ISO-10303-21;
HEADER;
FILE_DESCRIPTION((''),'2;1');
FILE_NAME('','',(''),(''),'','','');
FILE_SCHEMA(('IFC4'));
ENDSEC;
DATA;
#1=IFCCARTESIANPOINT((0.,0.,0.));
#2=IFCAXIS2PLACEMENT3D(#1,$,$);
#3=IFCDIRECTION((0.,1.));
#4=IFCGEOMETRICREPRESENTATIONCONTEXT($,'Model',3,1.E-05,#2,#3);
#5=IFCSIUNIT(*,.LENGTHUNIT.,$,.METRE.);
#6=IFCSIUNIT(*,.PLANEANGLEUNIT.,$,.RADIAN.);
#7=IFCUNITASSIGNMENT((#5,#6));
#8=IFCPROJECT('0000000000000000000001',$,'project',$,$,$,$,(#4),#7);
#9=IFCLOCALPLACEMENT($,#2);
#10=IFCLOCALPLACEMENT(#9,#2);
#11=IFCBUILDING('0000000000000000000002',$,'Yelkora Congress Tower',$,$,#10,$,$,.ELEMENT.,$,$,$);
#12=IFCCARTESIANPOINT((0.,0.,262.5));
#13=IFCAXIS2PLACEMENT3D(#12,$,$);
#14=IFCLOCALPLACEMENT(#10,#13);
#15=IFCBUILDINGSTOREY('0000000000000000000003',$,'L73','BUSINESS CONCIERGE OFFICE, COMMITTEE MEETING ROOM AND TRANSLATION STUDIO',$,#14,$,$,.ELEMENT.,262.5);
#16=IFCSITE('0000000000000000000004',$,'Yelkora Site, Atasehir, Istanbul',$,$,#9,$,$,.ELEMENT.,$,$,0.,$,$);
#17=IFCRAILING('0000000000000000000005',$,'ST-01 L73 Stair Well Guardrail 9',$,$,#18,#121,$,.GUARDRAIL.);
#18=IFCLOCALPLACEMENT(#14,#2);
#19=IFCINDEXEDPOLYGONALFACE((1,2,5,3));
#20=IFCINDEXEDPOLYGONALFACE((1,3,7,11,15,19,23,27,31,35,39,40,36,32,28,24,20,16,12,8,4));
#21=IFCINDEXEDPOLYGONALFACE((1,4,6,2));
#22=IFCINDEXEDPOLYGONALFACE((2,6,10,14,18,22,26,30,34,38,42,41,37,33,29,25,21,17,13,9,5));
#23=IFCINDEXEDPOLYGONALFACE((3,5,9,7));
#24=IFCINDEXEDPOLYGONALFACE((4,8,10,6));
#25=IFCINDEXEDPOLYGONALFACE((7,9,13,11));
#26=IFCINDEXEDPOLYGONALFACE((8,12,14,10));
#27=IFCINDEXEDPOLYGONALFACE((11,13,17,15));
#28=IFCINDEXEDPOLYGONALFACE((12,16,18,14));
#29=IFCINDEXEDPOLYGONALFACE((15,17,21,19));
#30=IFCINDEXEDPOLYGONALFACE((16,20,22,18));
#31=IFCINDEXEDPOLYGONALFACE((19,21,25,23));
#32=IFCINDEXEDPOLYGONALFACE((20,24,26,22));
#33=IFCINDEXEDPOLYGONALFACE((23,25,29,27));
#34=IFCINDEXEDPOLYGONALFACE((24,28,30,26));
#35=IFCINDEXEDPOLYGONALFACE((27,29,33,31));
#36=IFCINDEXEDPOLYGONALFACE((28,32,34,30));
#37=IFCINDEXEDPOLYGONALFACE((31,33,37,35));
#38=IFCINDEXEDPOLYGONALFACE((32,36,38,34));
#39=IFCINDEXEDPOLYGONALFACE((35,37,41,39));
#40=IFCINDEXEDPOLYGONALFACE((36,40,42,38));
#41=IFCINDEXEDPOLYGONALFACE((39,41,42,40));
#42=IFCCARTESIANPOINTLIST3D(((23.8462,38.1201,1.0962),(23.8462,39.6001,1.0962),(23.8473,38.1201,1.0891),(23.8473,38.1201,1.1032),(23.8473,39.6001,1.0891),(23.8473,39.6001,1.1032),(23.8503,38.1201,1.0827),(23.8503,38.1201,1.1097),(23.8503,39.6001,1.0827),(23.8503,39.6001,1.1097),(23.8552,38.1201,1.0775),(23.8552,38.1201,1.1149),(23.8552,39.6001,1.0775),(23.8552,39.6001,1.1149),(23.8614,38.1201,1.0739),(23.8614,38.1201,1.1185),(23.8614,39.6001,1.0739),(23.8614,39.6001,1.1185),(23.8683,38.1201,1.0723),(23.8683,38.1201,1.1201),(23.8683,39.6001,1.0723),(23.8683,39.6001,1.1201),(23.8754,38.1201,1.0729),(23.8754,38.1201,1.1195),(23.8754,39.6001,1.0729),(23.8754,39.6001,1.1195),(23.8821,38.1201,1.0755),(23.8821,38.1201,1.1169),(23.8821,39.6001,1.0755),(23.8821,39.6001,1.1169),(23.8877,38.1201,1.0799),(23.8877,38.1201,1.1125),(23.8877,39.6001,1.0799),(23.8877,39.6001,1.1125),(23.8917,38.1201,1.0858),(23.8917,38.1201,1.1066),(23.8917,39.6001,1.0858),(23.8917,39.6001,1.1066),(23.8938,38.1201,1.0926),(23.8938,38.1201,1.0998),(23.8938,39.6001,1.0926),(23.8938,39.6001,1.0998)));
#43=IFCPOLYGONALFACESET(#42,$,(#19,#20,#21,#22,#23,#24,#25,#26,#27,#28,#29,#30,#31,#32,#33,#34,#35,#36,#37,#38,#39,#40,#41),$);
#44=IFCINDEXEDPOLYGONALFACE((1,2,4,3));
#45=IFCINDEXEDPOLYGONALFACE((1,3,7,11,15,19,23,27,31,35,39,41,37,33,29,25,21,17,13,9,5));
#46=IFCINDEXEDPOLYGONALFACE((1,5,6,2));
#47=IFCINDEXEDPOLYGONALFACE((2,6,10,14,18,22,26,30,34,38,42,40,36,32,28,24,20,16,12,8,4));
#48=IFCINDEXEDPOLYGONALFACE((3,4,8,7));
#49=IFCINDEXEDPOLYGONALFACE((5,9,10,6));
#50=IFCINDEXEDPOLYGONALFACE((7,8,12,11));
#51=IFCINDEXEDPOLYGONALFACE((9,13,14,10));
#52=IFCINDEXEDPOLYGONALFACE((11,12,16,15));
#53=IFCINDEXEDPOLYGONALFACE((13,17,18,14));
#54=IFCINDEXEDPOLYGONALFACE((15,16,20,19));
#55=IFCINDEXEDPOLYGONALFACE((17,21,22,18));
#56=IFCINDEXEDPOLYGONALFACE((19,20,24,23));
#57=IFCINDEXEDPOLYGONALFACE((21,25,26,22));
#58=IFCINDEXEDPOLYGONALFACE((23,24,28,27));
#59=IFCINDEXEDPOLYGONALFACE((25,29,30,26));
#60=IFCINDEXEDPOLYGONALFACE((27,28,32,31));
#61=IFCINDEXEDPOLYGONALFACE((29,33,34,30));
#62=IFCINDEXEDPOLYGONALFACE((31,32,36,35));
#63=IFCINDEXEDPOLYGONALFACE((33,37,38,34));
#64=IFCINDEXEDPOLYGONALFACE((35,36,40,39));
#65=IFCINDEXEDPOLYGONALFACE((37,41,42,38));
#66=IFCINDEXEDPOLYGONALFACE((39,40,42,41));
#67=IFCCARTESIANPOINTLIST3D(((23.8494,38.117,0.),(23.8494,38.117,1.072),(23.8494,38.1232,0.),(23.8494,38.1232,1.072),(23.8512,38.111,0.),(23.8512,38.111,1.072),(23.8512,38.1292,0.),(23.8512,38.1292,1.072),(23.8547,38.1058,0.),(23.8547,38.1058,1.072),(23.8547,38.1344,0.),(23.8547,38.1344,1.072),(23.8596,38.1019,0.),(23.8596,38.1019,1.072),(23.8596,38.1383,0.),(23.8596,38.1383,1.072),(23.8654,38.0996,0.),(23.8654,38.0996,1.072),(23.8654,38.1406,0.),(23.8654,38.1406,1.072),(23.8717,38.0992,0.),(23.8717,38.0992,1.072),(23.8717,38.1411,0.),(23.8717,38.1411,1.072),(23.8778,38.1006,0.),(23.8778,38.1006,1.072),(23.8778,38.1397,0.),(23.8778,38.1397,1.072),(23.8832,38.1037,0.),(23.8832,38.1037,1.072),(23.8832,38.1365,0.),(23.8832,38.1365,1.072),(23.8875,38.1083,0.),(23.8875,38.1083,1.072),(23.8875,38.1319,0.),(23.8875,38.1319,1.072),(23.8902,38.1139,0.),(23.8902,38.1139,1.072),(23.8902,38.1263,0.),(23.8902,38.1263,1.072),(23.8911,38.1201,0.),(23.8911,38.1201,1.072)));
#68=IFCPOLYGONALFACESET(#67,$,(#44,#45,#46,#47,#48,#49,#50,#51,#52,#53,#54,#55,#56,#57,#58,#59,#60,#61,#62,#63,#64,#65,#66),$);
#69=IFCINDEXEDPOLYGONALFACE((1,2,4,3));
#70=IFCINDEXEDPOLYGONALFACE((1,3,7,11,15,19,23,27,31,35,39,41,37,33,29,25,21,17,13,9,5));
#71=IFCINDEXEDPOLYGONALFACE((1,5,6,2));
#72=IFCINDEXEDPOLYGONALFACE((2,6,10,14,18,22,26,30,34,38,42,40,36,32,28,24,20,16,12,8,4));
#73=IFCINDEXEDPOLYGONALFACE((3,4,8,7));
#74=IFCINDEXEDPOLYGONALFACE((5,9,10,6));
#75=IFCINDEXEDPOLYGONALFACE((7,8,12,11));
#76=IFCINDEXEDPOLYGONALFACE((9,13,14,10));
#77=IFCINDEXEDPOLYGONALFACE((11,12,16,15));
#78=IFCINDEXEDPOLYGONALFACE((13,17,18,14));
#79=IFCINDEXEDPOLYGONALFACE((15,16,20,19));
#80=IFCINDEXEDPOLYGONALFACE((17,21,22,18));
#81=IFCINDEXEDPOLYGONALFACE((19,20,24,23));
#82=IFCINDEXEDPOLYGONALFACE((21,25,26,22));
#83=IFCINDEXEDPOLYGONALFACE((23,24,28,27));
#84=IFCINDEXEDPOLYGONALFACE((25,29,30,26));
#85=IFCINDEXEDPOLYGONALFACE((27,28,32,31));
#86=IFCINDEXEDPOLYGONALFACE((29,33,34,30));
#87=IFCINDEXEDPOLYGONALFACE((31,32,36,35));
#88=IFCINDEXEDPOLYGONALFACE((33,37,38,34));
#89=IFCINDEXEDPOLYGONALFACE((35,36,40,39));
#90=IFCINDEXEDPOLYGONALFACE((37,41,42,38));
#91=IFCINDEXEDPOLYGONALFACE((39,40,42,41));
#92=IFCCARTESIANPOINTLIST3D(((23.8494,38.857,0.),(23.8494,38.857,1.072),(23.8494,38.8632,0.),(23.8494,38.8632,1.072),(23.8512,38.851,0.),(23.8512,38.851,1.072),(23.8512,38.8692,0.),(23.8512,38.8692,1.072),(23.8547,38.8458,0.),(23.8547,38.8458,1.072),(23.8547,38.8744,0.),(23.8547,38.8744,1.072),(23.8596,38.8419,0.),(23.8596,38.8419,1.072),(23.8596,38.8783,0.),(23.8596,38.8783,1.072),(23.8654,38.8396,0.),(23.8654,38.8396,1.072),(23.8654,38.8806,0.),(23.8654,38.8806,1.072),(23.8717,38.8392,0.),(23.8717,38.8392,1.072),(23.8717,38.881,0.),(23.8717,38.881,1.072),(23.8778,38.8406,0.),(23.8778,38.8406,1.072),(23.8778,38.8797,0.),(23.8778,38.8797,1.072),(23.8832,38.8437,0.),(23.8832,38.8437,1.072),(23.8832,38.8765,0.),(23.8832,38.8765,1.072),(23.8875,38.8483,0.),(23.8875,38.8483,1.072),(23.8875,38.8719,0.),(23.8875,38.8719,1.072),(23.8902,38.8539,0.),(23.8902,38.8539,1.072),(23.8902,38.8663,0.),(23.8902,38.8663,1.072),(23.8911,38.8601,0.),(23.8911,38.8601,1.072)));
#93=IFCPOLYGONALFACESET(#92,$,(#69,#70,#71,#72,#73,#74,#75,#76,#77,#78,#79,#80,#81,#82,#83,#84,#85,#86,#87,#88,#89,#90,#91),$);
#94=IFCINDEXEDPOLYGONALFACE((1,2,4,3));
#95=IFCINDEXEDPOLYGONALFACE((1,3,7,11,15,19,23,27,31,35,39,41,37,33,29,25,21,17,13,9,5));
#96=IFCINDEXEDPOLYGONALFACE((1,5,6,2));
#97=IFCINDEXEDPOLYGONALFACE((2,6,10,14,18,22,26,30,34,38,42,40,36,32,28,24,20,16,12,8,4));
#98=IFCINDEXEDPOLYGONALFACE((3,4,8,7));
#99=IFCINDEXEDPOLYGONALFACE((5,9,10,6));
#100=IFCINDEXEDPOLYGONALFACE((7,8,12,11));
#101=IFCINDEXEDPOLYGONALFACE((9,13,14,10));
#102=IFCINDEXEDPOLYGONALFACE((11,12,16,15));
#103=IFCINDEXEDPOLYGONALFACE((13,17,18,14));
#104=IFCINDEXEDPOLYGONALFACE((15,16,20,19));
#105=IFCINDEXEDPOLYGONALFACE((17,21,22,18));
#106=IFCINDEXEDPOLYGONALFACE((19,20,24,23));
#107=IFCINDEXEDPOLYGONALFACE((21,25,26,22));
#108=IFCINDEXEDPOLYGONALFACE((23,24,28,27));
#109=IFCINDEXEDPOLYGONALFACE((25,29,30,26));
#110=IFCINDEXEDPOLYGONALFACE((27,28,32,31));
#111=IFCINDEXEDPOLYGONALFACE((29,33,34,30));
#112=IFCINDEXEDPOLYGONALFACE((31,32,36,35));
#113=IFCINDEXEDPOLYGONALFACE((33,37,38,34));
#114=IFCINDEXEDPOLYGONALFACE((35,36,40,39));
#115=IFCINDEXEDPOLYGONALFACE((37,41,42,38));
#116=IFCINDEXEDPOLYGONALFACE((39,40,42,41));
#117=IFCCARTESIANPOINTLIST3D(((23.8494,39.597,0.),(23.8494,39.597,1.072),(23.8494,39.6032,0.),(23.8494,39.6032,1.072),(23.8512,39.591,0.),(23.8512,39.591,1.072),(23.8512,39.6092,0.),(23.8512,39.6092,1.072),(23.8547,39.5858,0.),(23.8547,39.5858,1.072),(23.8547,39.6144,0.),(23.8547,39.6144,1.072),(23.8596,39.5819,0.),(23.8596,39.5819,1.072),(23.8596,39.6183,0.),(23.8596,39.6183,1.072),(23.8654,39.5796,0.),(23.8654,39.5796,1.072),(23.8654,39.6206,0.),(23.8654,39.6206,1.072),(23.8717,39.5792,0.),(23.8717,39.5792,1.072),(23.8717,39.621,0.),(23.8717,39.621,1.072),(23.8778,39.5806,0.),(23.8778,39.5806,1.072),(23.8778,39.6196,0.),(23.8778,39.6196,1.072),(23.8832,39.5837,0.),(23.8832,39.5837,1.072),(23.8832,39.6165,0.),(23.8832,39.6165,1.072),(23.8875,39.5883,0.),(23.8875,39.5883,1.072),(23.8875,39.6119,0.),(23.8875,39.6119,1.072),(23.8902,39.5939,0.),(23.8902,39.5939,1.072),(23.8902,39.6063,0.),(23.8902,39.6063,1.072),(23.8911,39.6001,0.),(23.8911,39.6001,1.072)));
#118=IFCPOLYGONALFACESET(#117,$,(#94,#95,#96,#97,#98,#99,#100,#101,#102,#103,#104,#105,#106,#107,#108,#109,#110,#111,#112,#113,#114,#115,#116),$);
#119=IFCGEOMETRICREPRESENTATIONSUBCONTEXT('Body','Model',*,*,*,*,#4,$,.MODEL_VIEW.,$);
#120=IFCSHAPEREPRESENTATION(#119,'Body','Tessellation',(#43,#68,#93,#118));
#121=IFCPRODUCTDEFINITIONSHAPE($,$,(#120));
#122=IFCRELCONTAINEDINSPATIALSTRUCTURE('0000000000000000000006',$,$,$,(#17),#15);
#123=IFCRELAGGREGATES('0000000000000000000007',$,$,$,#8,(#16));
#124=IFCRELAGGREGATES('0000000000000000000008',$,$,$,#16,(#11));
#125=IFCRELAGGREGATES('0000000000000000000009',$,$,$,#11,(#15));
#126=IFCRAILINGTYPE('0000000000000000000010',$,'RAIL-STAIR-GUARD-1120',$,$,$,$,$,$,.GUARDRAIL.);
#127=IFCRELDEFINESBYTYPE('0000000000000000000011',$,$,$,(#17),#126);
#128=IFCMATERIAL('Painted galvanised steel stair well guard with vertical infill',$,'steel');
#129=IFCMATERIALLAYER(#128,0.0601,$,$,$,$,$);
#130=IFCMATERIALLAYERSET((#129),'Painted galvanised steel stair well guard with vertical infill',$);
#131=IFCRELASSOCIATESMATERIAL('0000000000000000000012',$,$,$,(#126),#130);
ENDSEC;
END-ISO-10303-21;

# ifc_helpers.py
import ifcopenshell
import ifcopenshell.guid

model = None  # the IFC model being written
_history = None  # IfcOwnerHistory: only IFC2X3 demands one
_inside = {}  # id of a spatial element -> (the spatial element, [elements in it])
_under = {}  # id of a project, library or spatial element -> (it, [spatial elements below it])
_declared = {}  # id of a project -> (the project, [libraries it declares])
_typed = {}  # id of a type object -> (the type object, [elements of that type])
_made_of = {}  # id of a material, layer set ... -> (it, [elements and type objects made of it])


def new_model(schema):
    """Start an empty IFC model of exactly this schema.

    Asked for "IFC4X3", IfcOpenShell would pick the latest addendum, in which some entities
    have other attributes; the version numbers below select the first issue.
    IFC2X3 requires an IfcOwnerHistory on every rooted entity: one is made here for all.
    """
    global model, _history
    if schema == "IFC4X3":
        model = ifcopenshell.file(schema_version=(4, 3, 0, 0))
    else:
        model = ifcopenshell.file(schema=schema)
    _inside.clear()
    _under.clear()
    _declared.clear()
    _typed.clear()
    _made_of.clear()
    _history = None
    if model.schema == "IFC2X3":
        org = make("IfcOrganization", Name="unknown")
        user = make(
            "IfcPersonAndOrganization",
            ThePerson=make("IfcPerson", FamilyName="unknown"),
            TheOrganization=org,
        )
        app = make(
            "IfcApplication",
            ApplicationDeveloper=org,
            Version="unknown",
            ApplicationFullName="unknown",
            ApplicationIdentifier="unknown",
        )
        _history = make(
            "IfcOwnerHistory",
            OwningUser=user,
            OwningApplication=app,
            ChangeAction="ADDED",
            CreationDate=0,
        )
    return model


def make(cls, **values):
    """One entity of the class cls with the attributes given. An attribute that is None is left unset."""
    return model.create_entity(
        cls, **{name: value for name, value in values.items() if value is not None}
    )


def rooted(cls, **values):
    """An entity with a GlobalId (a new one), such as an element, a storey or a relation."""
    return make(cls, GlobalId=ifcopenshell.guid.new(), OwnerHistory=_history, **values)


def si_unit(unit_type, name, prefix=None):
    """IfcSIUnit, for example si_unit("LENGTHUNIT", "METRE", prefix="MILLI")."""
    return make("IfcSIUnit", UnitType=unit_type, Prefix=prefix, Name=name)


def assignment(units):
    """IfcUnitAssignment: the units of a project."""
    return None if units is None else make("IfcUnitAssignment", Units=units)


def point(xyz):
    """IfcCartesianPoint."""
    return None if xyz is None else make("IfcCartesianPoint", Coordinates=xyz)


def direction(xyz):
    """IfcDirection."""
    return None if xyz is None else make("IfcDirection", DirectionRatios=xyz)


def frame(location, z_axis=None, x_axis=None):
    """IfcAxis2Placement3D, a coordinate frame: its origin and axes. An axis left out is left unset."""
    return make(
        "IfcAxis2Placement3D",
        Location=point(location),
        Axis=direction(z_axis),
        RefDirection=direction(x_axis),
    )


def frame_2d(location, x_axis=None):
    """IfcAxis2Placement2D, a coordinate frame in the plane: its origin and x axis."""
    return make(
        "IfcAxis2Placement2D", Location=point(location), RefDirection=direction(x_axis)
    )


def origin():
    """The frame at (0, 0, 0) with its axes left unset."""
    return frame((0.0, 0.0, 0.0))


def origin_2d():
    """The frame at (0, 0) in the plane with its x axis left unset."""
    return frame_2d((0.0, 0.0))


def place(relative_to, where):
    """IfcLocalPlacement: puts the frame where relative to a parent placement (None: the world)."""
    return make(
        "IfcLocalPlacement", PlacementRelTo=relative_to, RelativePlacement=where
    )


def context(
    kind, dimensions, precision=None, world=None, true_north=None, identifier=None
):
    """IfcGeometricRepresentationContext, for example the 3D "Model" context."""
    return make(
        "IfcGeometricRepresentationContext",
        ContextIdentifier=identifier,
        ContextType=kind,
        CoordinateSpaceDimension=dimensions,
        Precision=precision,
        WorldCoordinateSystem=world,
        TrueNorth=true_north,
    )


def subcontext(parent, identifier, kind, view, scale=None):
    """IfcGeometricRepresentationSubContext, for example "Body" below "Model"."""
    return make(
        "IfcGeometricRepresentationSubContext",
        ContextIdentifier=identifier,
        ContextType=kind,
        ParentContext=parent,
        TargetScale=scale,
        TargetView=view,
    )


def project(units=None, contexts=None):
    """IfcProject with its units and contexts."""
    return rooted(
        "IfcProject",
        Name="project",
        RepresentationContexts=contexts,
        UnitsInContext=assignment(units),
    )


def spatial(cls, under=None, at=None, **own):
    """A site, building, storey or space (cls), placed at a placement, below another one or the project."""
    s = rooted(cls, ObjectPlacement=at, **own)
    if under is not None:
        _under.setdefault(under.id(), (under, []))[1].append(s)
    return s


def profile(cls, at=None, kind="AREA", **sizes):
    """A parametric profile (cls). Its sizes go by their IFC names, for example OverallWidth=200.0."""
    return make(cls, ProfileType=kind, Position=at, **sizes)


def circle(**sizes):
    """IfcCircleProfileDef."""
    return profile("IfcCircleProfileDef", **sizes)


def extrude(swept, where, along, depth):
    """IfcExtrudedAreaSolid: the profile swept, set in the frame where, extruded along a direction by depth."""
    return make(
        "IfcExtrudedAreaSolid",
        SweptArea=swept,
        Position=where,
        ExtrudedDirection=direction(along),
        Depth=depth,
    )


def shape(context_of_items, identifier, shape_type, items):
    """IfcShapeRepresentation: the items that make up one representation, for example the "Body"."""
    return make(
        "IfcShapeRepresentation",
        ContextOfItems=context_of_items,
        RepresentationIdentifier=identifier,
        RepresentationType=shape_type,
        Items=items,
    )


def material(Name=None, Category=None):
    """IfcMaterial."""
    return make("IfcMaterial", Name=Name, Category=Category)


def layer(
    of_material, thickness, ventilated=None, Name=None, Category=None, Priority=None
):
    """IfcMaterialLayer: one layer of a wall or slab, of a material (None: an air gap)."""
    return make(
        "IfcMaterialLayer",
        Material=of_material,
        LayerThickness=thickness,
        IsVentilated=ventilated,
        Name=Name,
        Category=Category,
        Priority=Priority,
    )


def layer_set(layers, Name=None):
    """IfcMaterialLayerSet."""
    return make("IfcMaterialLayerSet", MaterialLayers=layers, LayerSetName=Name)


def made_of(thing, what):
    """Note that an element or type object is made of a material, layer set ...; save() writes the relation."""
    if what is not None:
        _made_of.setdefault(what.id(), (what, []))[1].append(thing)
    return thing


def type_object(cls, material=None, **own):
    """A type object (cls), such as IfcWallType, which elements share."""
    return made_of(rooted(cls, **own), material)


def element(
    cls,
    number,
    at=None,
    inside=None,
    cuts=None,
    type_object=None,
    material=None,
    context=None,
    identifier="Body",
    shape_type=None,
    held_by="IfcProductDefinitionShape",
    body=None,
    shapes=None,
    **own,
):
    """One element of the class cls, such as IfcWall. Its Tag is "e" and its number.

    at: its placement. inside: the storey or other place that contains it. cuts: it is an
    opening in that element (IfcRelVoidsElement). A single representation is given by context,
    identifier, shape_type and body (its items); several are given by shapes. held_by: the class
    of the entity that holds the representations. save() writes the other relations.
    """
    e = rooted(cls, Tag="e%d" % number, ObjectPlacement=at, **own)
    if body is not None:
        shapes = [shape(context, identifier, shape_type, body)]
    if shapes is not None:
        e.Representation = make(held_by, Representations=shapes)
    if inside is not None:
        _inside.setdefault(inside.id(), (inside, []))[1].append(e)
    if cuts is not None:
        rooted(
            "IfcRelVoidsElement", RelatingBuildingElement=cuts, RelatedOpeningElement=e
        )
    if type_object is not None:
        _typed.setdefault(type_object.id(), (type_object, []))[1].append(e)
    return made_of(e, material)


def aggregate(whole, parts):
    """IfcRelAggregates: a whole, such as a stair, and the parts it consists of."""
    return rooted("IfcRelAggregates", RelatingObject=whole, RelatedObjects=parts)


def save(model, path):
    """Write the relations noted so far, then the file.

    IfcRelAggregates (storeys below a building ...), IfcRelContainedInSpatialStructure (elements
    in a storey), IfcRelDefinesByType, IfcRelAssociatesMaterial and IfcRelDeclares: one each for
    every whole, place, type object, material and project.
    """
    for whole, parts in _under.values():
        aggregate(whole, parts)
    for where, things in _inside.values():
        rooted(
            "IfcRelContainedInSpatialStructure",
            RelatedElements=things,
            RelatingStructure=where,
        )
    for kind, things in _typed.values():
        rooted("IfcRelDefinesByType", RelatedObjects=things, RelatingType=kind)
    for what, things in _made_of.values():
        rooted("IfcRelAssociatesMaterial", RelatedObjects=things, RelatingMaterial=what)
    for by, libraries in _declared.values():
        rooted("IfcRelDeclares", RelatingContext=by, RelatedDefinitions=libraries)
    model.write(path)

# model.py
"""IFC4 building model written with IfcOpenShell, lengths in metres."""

from ifc_helpers import new_model, si_unit, direction, frame, origin, origin_2d, place, context, subcontext, project, spatial, circle, extrude, material, layer, layer_set, type_object, element, save


model = new_model("IFC4")

# Units and contexts
model_context = context("Model", 3, precision=1e-05, world=origin(), true_north=direction((0.0, 1.0)))
body_context = subcontext(model_context, "Body", "Model", "MODEL_VIEW")
ifc_project = project(units=[si_unit("LENGTHUNIT", "METRE"), si_unit("PLANEANGLEUNIT", "RADIAN")], contexts=[model_context])

# Site, building, storey
site_placement = place(None, origin())
site = spatial("IfcSite", under=ifc_project, at=site_placement, Name="Yelkora Site, Atasehir, Istanbul", CompositionType="ELEMENT", RefElevation=0.0)
building_placement = place(site_placement, origin())
building = spatial("IfcBuilding", under=site, at=building_placement, Name="Yelkora Congress Tower", CompositionType="ELEMENT")
storey_placement = place(building_placement, frame((0.0, 0.0, 262.5)))
storey = spatial("IfcBuildingStorey", under=building, at=storey_placement, Name="L73", Description="BUSINESS CONCIERGE OFFICE, COMMITTEE MEETING ROOM AND TRANSLATION STUDIO", CompositionType="ELEMENT", Elevation=262.5)

# Railing
ifc_material_1 = material(Name="Painted galvanised steel stair well guard with vertical infill", Category="steel")
ifc_layer_1 = layer(ifc_material_1, 0.0601)
ifc_layer_set_1 = layer_set([ifc_layer_1], Name="Painted galvanised steel stair well guard with vertical infill")
railing_type_1 = type_object("IfcRailingType", Name="RAIL-STAIR-GUARD-1120", PredefinedType="GUARDRAIL", material=ifc_layer_set_1)
for number, where, name in (
    (1, (23.8701, 38.1201, 0.0), "ST-01 L73 Stair Well Guardrail 9"),
):
    element("IfcRailing", number, at=place(storey_placement, frame(where)), inside=storey, type_object=railing_type_1, Name=name, PredefinedType="GUARDRAIL", context=body_context, shape_type="SweptSolid", body=[
        extrude(circle(Radius=0.0239, at=origin_2d()), frame((0.0, 0.0, 1.0962), z_axis=(0.0, 1.0, 0.0), x_axis=(-1.0, 0.0, 0.0)), (0.0, 0.0, 1.0), 1.48),
        extrude(circle(Radius=0.021, at=origin_2d()), origin(), (0.0, 0.0, 1.0), 1.072),
        extrude(circle(Radius=0.021, at=origin_2d()), frame((0.0, 0.74, 0.0)), (0.0, 0.0, 1.0), 1.072),
        extrude(circle(Radius=0.021, at=origin_2d()), frame((0.0, 1.48, 0.0)), (0.0, 0.0, 1.0), 1.072),
    ])

save(model, "model.ifc")
